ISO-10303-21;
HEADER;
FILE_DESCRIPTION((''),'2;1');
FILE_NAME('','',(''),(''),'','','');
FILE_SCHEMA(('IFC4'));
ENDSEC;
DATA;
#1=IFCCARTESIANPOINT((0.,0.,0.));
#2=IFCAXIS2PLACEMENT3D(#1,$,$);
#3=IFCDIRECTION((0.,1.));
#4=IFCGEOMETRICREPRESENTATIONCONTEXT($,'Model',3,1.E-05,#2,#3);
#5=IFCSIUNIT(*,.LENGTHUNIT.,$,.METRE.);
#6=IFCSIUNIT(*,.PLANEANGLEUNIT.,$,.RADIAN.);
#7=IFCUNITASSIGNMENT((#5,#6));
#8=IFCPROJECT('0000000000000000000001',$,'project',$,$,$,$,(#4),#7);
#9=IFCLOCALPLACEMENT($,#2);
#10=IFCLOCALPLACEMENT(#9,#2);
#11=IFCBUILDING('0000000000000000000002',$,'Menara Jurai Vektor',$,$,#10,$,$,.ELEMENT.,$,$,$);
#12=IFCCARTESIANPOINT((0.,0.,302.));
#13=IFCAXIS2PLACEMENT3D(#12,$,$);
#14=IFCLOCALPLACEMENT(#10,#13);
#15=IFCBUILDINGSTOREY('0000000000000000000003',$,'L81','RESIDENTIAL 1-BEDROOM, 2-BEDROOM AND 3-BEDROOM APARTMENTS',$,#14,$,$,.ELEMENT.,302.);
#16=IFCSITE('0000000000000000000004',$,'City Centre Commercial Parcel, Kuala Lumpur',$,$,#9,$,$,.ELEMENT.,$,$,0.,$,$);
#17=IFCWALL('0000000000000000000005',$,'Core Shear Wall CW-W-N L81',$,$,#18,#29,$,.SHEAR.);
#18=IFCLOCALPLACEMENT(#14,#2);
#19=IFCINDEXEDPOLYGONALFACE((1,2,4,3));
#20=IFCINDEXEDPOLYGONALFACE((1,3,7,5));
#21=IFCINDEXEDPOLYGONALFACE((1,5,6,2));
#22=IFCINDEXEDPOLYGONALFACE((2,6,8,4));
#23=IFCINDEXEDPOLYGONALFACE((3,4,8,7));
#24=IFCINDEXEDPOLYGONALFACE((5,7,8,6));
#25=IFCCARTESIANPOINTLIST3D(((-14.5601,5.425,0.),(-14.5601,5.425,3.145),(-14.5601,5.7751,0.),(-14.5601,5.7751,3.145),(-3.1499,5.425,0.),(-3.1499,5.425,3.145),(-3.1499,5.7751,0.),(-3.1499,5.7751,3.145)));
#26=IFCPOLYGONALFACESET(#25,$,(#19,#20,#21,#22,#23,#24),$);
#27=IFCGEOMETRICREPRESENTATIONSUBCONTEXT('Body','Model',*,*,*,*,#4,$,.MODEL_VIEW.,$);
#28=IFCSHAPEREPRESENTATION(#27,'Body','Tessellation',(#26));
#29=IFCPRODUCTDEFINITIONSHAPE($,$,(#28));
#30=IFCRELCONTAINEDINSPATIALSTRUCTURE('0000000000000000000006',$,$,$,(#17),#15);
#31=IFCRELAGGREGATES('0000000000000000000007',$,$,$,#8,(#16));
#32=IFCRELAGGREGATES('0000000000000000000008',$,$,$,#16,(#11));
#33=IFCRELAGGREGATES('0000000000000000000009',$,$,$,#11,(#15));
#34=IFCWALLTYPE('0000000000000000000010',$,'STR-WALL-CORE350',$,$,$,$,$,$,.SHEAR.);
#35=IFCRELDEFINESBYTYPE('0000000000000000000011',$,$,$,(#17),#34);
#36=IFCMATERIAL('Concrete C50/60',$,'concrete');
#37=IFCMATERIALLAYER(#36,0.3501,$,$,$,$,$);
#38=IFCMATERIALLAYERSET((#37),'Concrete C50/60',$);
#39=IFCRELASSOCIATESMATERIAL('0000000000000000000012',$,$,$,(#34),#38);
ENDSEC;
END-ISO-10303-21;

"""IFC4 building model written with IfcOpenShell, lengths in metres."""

from ifc_helpers import new_model, si_unit, direction, frame, frame_2d, origin, place, context, subcontext, project, spatial, rectangle, extrude, material, layer, layer_set, type_object, element, save


model = new_model("IFC4")

# Units and contexts
model_context = context("Model", 3, precision=1e-05, world=origin(), true_north=direction((0.0, 1.0)))
body_context = subcontext(model_context, "Body", "Model", "MODEL_VIEW")
ifc_project = project(units=[si_unit("LENGTHUNIT", "METRE"), si_unit("PLANEANGLEUNIT", "RADIAN")], contexts=[model_context])

# Site, building, storey
site_placement = place(None, origin())
site = spatial("IfcSite", under=ifc_project, at=site_placement, Name="City Centre Commercial Parcel, Kuala Lumpur", CompositionType="ELEMENT", RefElevation=0.0)
building_placement = place(site_placement, origin())
building = spatial("IfcBuilding", under=site, at=building_placement, Name="Menara Jurai Vektor", CompositionType="ELEMENT")
storey_placement = place(building_placement, frame((0.0, 0.0, 302.0)))
storey = spatial("IfcBuildingStorey", under=building, at=storey_placement, Name="L81", Description="RESIDENTIAL 1-BEDROOM, 2-BEDROOM AND 3-BEDROOM APARTMENTS", CompositionType="ELEMENT", Elevation=302.0)

# Shared definitions
ifc_material_1 = material(Name="Concrete C50/60", Category="concrete")

# Wall
ifc_layer_1 = layer(ifc_material_1, 0.3501)
ifc_layer_set_1 = layer_set([ifc_layer_1], Name="Concrete C50/60")
wall_type_1 = type_object("IfcWallType", Name="STR-WALL-CORE350", PredefinedType="SHEAR", material=ifc_layer_set_1)
wall_1_placement = place(storey_placement, frame((-14.5601, 5.6001, 0.0), z_axis=(0.0, 0.0, 1.0), x_axis=(1.0, 0.0, 0.0)))
element("IfcWall", 1, at=wall_1_placement, inside=storey, type_object=wall_type_1, Name="Core Shear Wall CW-W-N L81", PredefinedType="SHEAR", context=body_context, shape_type="SweptSolid", body=[
    extrude(rectangle(XDim=11.4102, YDim=0.3501, at=frame_2d((5.7051, 0.0))), origin(), (0.0, 0.0, 1.0), 3.145),
])

save(model, "model.ifc")
